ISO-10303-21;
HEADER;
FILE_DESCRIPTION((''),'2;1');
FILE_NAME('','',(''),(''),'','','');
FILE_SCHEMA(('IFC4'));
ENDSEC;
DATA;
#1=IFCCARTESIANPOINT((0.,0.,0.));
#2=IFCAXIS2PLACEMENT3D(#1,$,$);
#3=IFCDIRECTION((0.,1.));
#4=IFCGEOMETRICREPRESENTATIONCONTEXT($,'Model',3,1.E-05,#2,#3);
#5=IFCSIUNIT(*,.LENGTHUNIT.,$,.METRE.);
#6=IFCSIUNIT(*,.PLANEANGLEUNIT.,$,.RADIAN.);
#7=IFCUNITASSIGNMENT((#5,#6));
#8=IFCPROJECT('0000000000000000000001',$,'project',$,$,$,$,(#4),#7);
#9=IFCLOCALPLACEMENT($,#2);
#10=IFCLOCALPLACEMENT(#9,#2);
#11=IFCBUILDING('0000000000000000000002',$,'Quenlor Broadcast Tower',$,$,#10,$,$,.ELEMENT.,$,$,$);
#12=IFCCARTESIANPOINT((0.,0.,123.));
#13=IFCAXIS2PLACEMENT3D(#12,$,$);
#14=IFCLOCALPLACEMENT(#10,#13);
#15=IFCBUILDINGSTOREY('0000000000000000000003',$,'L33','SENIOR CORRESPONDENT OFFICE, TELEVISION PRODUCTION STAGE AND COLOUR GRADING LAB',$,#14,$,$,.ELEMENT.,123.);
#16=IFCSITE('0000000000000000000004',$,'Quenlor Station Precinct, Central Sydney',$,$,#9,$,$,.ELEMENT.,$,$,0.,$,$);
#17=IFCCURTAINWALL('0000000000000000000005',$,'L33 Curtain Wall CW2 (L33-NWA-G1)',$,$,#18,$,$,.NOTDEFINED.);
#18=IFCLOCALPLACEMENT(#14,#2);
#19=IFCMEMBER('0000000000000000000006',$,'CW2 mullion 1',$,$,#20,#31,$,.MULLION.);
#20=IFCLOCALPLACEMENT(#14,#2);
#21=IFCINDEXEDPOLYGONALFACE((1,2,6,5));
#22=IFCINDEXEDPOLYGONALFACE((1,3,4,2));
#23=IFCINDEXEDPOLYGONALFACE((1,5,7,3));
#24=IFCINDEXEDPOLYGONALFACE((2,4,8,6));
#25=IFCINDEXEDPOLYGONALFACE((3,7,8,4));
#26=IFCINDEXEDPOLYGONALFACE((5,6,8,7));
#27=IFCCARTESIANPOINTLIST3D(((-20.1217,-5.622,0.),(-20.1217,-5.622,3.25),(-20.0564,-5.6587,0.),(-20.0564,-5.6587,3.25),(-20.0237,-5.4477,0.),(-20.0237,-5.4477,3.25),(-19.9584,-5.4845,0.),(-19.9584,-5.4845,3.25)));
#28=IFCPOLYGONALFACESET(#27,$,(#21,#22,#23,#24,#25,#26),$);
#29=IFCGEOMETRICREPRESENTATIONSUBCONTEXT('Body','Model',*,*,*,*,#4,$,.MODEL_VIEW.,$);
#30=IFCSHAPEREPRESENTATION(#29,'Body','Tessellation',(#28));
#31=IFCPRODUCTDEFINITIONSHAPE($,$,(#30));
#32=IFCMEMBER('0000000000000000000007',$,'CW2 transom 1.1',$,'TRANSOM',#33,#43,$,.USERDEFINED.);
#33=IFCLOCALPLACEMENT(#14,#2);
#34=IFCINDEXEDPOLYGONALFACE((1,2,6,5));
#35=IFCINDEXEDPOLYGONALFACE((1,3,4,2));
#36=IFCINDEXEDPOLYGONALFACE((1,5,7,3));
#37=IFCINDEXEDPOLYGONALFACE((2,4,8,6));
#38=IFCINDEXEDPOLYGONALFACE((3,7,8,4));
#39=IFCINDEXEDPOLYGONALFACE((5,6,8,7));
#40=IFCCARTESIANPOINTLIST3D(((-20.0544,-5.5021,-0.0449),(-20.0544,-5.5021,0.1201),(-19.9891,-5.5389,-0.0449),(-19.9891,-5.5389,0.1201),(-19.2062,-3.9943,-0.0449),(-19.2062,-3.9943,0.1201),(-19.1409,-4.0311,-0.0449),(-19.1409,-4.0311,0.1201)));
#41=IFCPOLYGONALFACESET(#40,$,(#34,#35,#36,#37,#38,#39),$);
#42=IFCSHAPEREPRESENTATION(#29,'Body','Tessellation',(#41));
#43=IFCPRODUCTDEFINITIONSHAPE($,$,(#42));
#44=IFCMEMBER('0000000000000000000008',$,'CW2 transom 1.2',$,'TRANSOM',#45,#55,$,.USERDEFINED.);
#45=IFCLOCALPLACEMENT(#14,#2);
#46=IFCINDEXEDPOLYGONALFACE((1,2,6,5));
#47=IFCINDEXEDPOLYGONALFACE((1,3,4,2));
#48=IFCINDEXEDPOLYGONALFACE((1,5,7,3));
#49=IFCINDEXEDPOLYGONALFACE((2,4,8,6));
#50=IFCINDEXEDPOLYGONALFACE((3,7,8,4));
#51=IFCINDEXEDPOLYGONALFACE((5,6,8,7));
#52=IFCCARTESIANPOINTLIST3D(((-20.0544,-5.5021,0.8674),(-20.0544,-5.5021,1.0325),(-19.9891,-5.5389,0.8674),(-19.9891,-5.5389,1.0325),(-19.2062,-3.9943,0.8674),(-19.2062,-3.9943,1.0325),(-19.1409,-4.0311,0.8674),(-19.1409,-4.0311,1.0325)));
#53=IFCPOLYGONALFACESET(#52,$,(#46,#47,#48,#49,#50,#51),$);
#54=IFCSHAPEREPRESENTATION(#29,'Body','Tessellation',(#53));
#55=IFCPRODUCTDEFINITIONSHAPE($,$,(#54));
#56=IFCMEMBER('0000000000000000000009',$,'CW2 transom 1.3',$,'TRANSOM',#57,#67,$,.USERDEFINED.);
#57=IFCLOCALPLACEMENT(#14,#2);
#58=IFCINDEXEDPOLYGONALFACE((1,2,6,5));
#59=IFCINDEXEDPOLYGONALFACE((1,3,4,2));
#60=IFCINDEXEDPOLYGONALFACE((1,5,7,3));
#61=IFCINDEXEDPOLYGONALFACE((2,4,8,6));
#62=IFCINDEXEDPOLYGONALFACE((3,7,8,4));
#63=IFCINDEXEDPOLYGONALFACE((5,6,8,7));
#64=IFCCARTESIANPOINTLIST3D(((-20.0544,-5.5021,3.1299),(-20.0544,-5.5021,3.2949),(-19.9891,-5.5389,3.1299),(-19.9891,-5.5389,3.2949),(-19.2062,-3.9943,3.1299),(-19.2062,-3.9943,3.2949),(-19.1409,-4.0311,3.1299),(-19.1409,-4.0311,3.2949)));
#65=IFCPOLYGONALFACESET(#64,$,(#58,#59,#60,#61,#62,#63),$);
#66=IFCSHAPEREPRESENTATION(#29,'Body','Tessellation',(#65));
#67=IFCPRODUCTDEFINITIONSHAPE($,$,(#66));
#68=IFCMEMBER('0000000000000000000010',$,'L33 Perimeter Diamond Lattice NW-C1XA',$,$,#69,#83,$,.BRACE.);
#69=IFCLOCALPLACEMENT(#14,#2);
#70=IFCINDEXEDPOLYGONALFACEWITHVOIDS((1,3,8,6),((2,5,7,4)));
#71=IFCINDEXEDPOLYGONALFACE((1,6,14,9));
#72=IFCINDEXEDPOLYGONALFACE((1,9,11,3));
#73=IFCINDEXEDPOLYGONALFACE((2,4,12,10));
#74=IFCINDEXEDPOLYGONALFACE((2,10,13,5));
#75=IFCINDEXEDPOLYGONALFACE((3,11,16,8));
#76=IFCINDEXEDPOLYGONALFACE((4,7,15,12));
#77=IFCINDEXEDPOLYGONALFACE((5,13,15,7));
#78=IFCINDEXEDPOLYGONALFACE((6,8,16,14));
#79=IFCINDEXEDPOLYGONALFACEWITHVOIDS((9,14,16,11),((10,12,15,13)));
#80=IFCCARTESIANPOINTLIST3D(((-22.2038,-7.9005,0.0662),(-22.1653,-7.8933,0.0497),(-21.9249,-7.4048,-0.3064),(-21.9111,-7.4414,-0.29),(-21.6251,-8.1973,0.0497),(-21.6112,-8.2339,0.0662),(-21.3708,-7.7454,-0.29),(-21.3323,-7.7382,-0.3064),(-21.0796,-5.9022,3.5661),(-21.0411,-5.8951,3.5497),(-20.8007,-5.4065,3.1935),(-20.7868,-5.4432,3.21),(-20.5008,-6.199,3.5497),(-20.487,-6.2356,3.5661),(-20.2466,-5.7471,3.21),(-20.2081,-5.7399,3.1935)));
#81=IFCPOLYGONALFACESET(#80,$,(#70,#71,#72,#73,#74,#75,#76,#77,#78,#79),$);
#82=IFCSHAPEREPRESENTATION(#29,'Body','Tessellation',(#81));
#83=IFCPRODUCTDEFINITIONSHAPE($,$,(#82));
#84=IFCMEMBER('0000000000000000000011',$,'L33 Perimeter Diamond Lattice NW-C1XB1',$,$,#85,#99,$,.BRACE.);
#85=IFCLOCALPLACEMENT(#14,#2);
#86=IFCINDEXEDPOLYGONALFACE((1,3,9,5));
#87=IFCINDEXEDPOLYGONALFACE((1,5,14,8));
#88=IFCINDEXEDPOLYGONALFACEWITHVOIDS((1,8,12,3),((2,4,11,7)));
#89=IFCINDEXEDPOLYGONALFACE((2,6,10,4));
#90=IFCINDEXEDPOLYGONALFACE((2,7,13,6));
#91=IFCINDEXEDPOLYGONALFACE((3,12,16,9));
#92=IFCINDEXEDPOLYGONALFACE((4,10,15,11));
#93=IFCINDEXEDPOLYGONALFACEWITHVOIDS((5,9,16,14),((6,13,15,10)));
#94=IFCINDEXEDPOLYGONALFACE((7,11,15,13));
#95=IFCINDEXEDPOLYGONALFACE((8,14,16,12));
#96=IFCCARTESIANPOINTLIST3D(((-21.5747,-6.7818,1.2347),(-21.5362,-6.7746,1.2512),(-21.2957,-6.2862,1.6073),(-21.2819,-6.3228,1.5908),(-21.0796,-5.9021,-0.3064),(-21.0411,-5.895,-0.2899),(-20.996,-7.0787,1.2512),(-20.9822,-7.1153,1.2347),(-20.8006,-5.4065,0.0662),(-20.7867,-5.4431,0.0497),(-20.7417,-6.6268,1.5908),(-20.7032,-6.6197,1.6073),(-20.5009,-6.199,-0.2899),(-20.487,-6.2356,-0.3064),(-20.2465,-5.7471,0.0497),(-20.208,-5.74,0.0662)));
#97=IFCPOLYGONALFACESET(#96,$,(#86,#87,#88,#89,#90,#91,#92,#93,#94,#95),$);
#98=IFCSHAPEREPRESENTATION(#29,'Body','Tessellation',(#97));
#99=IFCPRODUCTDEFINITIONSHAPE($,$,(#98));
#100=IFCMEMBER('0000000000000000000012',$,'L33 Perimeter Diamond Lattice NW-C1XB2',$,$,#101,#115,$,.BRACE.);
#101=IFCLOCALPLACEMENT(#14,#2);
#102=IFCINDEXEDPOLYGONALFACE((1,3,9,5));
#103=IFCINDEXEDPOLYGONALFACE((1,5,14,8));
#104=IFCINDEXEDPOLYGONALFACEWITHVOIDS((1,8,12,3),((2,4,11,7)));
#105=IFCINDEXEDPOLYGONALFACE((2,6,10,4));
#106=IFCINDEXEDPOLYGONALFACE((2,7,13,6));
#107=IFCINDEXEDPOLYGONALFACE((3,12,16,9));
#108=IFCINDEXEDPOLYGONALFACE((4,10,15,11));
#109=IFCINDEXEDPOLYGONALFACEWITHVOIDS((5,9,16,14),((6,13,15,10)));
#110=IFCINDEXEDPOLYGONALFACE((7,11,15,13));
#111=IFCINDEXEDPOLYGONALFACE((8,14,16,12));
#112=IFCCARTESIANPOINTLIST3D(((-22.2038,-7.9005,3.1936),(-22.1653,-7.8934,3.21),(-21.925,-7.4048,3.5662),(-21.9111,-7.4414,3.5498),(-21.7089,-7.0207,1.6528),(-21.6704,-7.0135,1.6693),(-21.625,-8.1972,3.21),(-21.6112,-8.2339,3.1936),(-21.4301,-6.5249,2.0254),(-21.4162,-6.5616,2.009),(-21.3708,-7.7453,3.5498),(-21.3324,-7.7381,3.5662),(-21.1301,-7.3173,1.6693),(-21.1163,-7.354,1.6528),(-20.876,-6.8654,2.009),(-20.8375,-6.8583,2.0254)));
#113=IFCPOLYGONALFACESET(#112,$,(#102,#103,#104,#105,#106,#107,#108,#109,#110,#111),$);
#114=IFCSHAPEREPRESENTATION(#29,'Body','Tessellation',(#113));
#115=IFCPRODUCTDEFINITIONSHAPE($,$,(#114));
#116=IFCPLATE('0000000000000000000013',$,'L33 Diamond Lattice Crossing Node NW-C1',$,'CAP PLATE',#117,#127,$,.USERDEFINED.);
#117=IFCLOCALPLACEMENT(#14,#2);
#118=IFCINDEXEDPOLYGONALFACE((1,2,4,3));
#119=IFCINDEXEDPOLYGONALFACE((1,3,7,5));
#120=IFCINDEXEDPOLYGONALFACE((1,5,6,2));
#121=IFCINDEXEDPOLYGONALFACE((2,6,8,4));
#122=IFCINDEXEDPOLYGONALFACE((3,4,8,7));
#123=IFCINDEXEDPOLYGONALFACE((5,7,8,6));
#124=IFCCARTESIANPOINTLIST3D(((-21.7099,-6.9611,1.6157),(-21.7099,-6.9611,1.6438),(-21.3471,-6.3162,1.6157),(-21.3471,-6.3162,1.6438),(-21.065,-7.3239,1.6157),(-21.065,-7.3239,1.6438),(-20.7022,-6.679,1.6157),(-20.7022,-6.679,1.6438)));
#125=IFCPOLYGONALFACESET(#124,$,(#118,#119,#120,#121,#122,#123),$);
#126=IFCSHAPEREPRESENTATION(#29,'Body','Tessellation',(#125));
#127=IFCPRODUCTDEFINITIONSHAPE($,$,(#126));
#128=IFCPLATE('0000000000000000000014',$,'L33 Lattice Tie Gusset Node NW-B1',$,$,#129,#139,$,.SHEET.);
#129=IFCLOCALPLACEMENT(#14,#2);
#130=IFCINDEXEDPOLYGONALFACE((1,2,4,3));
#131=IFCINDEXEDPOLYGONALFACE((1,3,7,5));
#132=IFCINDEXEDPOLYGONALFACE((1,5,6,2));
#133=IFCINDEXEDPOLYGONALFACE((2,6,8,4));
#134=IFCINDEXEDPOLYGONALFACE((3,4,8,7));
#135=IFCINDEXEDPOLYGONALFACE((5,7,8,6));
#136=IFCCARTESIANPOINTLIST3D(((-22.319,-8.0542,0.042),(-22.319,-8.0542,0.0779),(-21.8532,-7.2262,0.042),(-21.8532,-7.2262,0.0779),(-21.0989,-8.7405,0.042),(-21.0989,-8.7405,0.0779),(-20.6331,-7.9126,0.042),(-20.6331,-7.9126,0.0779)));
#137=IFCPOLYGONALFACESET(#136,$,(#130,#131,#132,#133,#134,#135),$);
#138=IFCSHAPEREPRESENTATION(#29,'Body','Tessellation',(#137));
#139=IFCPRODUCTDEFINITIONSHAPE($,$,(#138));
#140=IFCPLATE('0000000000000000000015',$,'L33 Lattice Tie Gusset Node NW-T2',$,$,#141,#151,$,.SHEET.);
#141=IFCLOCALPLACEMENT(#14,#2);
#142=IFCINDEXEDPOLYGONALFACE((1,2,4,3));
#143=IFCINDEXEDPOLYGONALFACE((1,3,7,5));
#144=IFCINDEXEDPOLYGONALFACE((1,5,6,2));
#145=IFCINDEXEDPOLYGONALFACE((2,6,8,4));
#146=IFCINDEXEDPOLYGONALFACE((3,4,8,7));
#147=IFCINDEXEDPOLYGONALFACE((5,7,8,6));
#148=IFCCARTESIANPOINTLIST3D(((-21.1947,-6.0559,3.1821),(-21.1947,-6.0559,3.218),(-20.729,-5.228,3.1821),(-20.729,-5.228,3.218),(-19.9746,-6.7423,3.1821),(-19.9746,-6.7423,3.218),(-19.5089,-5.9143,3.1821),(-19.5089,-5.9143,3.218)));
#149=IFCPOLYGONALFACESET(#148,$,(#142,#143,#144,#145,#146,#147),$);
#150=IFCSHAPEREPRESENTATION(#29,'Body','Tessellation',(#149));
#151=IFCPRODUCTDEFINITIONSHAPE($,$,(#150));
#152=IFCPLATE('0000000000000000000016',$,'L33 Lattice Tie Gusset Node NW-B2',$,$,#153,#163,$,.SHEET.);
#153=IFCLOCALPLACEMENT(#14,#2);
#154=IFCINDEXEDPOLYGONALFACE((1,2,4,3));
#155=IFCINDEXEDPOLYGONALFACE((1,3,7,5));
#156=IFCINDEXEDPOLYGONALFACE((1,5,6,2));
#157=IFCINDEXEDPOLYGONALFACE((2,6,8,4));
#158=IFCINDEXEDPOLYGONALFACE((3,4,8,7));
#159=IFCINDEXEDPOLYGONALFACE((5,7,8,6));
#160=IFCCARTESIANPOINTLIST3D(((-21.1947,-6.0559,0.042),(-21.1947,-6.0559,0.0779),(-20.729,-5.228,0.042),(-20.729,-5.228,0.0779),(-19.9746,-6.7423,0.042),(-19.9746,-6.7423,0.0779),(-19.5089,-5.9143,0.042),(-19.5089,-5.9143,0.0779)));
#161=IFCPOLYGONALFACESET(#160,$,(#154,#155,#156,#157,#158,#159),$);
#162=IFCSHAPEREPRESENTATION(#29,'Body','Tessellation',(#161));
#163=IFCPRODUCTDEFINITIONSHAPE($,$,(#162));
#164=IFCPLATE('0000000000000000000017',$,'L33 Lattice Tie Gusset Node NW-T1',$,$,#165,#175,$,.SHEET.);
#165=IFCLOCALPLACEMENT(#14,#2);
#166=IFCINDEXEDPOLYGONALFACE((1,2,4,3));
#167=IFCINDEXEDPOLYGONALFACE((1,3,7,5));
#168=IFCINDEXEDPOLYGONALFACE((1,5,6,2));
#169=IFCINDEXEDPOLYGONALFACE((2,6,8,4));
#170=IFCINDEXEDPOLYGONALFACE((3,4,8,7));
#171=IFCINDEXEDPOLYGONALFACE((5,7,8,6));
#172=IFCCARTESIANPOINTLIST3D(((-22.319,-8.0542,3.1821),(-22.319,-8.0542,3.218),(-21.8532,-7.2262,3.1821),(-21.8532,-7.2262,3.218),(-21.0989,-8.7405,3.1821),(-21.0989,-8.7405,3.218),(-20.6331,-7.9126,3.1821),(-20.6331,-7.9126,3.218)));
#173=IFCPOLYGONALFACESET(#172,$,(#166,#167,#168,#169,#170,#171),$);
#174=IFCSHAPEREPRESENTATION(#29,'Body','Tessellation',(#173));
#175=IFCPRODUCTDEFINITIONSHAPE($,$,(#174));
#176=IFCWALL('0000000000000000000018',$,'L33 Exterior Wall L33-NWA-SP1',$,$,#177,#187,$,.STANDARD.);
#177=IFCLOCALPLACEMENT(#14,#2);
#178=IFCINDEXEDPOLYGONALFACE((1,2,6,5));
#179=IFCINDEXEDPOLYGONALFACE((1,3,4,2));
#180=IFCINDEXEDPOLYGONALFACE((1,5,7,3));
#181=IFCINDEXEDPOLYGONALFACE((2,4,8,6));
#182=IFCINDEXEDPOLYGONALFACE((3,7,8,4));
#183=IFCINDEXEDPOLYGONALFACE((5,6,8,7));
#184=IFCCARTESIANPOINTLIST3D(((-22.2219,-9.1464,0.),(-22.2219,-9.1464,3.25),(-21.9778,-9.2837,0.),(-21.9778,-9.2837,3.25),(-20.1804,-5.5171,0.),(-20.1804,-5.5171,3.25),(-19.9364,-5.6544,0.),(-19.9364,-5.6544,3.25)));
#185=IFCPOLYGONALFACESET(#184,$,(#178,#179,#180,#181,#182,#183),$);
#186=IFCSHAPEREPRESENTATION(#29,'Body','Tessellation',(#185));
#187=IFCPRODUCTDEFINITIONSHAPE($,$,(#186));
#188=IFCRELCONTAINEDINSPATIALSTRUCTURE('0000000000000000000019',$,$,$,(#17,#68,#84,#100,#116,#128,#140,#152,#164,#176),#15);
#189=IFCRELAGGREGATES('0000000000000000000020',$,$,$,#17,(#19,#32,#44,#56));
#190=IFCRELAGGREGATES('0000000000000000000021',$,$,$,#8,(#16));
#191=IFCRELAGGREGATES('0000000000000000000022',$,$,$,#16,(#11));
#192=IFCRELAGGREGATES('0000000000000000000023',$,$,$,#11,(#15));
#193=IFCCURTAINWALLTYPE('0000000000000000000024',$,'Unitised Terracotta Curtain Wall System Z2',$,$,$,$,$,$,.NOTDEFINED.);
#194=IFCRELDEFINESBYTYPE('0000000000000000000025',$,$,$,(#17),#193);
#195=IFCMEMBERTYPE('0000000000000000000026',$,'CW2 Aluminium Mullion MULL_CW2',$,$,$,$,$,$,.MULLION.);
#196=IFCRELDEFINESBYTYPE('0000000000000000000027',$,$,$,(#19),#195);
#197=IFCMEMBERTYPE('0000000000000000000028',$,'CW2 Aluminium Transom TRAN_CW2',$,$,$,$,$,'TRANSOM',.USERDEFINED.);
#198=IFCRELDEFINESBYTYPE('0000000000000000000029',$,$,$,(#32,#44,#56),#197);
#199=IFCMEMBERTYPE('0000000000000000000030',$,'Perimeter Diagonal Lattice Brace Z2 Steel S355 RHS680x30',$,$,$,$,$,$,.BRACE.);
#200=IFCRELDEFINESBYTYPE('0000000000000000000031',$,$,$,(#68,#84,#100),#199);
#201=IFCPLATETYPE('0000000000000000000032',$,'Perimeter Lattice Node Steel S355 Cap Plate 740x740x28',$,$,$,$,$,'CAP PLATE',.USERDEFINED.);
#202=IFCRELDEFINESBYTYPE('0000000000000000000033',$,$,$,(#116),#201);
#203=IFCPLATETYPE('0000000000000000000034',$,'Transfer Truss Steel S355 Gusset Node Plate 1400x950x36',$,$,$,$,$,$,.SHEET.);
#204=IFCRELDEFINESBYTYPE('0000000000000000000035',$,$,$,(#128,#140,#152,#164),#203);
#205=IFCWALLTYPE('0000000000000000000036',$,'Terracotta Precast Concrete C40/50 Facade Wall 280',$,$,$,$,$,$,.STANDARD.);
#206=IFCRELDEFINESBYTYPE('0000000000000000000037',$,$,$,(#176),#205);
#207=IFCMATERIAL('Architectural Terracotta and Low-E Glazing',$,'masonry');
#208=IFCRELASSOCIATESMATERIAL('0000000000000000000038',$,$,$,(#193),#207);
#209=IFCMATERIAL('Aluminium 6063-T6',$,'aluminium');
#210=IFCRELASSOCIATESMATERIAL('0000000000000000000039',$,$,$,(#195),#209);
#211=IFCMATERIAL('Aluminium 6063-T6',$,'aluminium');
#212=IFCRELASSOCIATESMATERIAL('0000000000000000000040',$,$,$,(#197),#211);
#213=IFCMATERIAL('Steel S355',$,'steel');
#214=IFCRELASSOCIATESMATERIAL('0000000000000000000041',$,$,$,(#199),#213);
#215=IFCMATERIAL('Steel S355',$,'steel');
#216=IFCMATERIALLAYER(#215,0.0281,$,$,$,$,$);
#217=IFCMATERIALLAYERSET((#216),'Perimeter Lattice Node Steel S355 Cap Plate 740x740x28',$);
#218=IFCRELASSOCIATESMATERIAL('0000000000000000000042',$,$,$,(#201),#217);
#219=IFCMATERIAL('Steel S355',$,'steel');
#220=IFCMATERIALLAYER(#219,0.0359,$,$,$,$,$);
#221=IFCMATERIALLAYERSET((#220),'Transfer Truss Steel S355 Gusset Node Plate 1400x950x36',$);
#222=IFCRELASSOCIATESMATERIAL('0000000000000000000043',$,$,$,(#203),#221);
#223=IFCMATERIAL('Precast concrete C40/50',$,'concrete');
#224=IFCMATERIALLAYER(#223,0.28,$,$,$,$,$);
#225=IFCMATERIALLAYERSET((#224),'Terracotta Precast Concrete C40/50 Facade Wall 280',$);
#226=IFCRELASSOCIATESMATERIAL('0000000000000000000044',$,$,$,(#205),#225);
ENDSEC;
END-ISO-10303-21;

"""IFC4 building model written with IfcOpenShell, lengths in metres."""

from ifc_helpers import new_model, si_unit, direction, frame, frame_2d, origin, origin_2d, place, context, subcontext, project, spatial, rectangle, hollow_rectangle, extrude, material, layer, layer_set, material_profile, profile_set, type_object, element, aggregate, save


model = new_model("IFC4")

# Units and contexts
model_context = context("Model", 3, precision=1e-05, world=origin(), true_north=direction((0.0, 1.0)))
body_context = subcontext(model_context, "Body", "Model", "MODEL_VIEW")
ifc_project = project(units=[si_unit("LENGTHUNIT", "METRE"), si_unit("PLANEANGLEUNIT", "RADIAN")], contexts=[model_context])

# Site, building, storey
site_placement = place(None, origin())
site = spatial("IfcSite", under=ifc_project, at=site_placement, Name="Quenlor Station Precinct, Central Sydney", CompositionType="ELEMENT", RefElevation=0.0)
building_placement = place(site_placement, origin())
building = spatial("IfcBuilding", under=site, at=building_placement, Name="Quenlor Broadcast Tower", CompositionType="ELEMENT")
storey_placement = place(building_placement, frame((0.0, 0.0, 123.0)))
storey = spatial("IfcBuildingStorey", under=building, at=storey_placement, Name="L33", Description="SENIOR CORRESPONDENT OFFICE, TELEVISION PRODUCTION STAGE AND COLOUR GRADING LAB", CompositionType="ELEMENT", Elevation=123.0)

# Curtain wall, members
ifc_material_1 = material(Name="Architectural Terracotta and Low-E Glazing", Category="masonry")
curtain_wall_type = type_object("IfcCurtainWallType", Name="Unitised Terracotta Curtain Wall System Z2", PredefinedType="NOTDEFINED", material=ifc_material_1)
curtain_wall_placement = place(storey_placement, origin())
curtain_wall = element("IfcCurtainWall", 1, at=curtain_wall_placement, inside=storey, type_object=curtain_wall_type, Name="L33 Curtain Wall CW2 (L33-NWA-G1)", PredefinedType="NOTDEFINED")
ifc_material_2 = material(Name="Aluminium 6063-T6", Category="aluminium")
ifc_material_profile_1 = material_profile(ifc_material_2, rectangle(XDim=0.075, YDim=0.2, at=origin_2d()))
ifc_profile_set_1 = profile_set([ifc_material_profile_1], Name="Aluminium 6063-T6 MULL75x200")
member_type_1 = type_object("IfcMemberType", Name="CW2 Aluminium Mullion MULL_CW2", PredefinedType="MULLION", material=ifc_profile_set_1)
member_1_placement = place(storey_placement, frame((-20.04, -5.5532, 0.0), z_axis=(0.0, 0.0, 1.0), x_axis=(-0.871567, 0.490277, 0.0)))
member_1 = element("IfcMember", 2, at=member_1_placement, type_object=member_type_1, Name="CW2 mullion 1", PredefinedType="MULLION", context=body_context, shape_type="SweptSolid", body=[
    extrude(rectangle(XDim=0.075, YDim=0.2, at=origin_2d()), origin(), (0.0, 0.0, 1.0), 3.25),
])
ifc_material_3 = material(Name="Aluminium 6063-T6", Category="aluminium")
ifc_material_profile_2 = material_profile(ifc_material_3, rectangle(XDim=0.075, YDim=0.165, at=origin_2d()))
ifc_profile_set_2 = profile_set([ifc_material_profile_2], Name="Aluminium 6063-T6 TRAN75x165")
member_type_2 = type_object("IfcMemberType", Name="CW2 Aluminium Transom TRAN_CW2", ElementType="TRANSOM", PredefinedType="USERDEFINED", material=ifc_profile_set_2)
member_2_placement = place(storey_placement, frame((-20.0217, -5.5205, 0.0376), z_axis=(0.490261, 0.871576, 0.0), x_axis=(-0.871576, 0.490261, 0.0)))
member_2 = element("IfcMember", 3, at=member_2_placement, type_object=member_type_2, Name="CW2 transom 1.1", ObjectType="TRANSOM", PredefinedType="USERDEFINED", context=body_context, shape_type="SweptSolid", body=[
    extrude(rectangle(XDim=0.075, YDim=0.165, at=origin_2d()), origin(), (0.0, 0.0, 1.0), 1.73),
])
member_3_placement = place(storey_placement, frame((-20.0217, -5.5205, 0.95), z_axis=(0.490261, 0.871576, 0.0), x_axis=(-0.871576, 0.490261, 0.0)))
member_3 = element("IfcMember", 4, at=member_3_placement, type_object=member_type_2, Name="CW2 transom 1.2", ObjectType="TRANSOM", PredefinedType="USERDEFINED", context=body_context, shape_type="SweptSolid", body=[
    extrude(rectangle(XDim=0.075, YDim=0.165, at=origin_2d()), origin(), (0.0, 0.0, 1.0), 1.73),
])
member_4_placement = place(storey_placement, frame((-20.0217, -5.5205, 3.2124), z_axis=(0.490261, 0.871576, 0.0), x_axis=(-0.871576, 0.490261, 0.0)))
member_4 = element("IfcMember", 5, at=member_4_placement, type_object=member_type_2, Name="CW2 transom 1.3", ObjectType="TRANSOM", PredefinedType="USERDEFINED", context=body_context, shape_type="SweptSolid", body=[
    extrude(rectangle(XDim=0.075, YDim=0.165, at=origin_2d()), origin(), (0.0, 0.0, 1.0), 1.73),
])
aggregate(curtain_wall, [member_1, member_2, member_3, member_4])

# Members
ifc_material_4 = material(Name="Steel S355", Category="steel")
ifc_material_profile_3 = material_profile(ifc_material_4, hollow_rectangle(XDim=0.6799, YDim=0.6799, WallThickness=0.03, at=origin_2d()))
ifc_profile_set_3 = profile_set([ifc_material_profile_3], Name="Steel S355 RHS680x680x30")
member_type_3 = type_object("IfcMemberType", Name="Perimeter Diagonal Lattice Brace Z2 Steel S355 RHS680x30", PredefinedType="BRACE", material=ifc_profile_set_3)
member_5_placement = place(storey_placement, frame((-21.7681, -7.8193, -0.1201), z_axis=(0.268697, 0.477585, 0.836489), x_axis=(-0.871533, 0.490337, 0.0)))
element("IfcMember", 6, at=member_5_placement, inside=storey, type_object=member_type_3, Name="L33 Perimeter Diamond Lattice NW-C1XA", PredefinedType="BRACE", context=body_context, shape_type="SweptSolid", body=[
    extrude(hollow_rectangle(XDim=0.6799, YDim=0.6799, WallThickness=0.03, at=origin_2d()), origin(), (0.0, 0.0, 1.0), 4.1841),
])
member_6_placement = place(storey_placement, frame((-20.6438, -5.821, -0.1201), z_axis=(-0.268767, -0.477498, 0.836517), x_axis=(0.87144, -0.490502, 0.0)))
element("IfcMember", 7, at=member_6_placement, inside=storey, type_object=member_type_3, Name="L33 Perimeter Diamond Lattice NW-C1XB1", PredefinedType="BRACE", context=body_context, shape_type="SweptSolid", body=[
    extrude(hollow_rectangle(XDim=0.6799, YDim=0.6799, WallThickness=0.03, at=origin_2d()), origin(), (0.0, 0.0, 1.0), 1.8423),
])
member_7_placement = place(storey_placement, frame((-21.2732, -6.9395, 1.8391), z_axis=(-0.268657, -0.477671, 0.836454), x_axis=(0.871601, -0.490215, 0.0)))
element("IfcMember", 8, at=member_7_placement, inside=storey, type_object=member_type_3, Name="L33 Perimeter Diamond Lattice NW-C1XB2", PredefinedType="BRACE", context=body_context, shape_type="SweptSolid", body=[
    extrude(hollow_rectangle(XDim=0.6799, YDim=0.6799, WallThickness=0.03, at=origin_2d()), origin(), (0.0, 0.0, 1.0), 1.842),
])

# Plates
ifc_material_5 = material(Name="Steel S355", Category="steel")
ifc_layer_1 = layer(ifc_material_5, 0.0281)
ifc_layer_set_1 = layer_set([ifc_layer_1], Name="Perimeter Lattice Node Steel S355 Cap Plate 740x740x28")
plate_type_1 = type_object("IfcPlateType", Name="Perimeter Lattice Node Steel S355 Cap Plate 740x740x28", ElementType="CAP PLATE", PredefinedType="USERDEFINED", material=ifc_layer_set_1)
plate_placement = place(storey_placement, frame((-21.2061, -6.8201, 1.6157), z_axis=(0.0, 0.0, 1.0), x_axis=(0.490295, 0.871556, 0.0)))
element("IfcPlate", 9, at=plate_placement, inside=storey, type_object=plate_type_1, Name="L33 Diamond Lattice Crossing Node NW-C1", ObjectType="CAP PLATE", PredefinedType="USERDEFINED", context=body_context, shape_type="SweptSolid", body=[
    extrude(rectangle(XDim=0.74, YDim=0.74, at=origin_2d()), origin(), (0.0, 0.0, 1.0), 0.0281),
])
ifc_material_6 = material(Name="Steel S355", Category="steel")
ifc_layer_2 = layer(ifc_material_6, 0.0359)
ifc_layer_set_2 = layer_set([ifc_layer_2], Name="Transfer Truss Steel S355 Gusset Node Plate 1400x950x36")
plate_type_2 = type_object("IfcPlateType", Name="Transfer Truss Steel S355 Gusset Node Plate 1400x950x36", PredefinedType="SHEET", material=ifc_layer_set_2)
for number, where, z_axis, x_axis, name in (
    (10, (-21.4761, -7.9834, 0.042), (0.0, 0.0, 1.0), (-0.871556, 0.490295, 0.0), "L33 Lattice Tie Gusset Node NW-B1"),
    (11, (-20.3518, -5.9851, 3.1821), (0.0, 0.0, 1.0), (-0.871556, 0.490295, 0.0), "L33 Lattice Tie Gusset Node NW-T2"),
    (12, (-20.3518, -5.9851, 0.042), (0.0, 0.0, 1.0), (-0.871556, 0.490295, 0.0), "L33 Lattice Tie Gusset Node NW-B2"),
    (13, (-21.4761, -7.9834, 3.1821), (0.0, 0.0, 1.0), (-0.871556, 0.490295, 0.0), "L33 Lattice Tie Gusset Node NW-T1"),
):
    element("IfcPlate", number, at=place(storey_placement, frame(where, z_axis=z_axis, x_axis=x_axis)), inside=storey, type_object=plate_type_2, Name=name, PredefinedType="SHEET", context=body_context, shape_type="SweptSolid", body=[
        extrude(rectangle(XDim=1.3999, YDim=0.95, at=origin_2d()), origin(), (0.0, 0.0, 1.0), 0.0359),
    ])

# Wall
ifc_material_7 = material(Name="Precast concrete C40/50", Category="concrete")
ifc_layer_3 = layer(ifc_material_7, 0.28)
ifc_layer_set_3 = layer_set([ifc_layer_3], Name="Terracotta Precast Concrete C40/50 Facade Wall 280")
wall_type = type_object("IfcWallType", Name="Terracotta Precast Concrete C40/50 Facade Wall 280", PredefinedType="STANDARD", material=ifc_layer_set_3)
wall_placement = place(storey_placement, frame((-22.0999, -9.2151, 0.0), z_axis=(0.0, 0.0, 1.0), x_axis=(0.490256, 0.871579, 0.0)))
element("IfcWall", 14, at=wall_placement, inside=storey, type_object=wall_type, Name="L33 Exterior Wall L33-NWA-SP1", PredefinedType="STANDARD", context=body_context, shape_type="SweptSolid", body=[
    extrude(rectangle(XDim=4.1641, YDim=0.28, at=frame_2d((2.082, 0.0))), origin(), (0.0, 0.0, 1.0), 3.25),
])

save(model, "model.ifc")
